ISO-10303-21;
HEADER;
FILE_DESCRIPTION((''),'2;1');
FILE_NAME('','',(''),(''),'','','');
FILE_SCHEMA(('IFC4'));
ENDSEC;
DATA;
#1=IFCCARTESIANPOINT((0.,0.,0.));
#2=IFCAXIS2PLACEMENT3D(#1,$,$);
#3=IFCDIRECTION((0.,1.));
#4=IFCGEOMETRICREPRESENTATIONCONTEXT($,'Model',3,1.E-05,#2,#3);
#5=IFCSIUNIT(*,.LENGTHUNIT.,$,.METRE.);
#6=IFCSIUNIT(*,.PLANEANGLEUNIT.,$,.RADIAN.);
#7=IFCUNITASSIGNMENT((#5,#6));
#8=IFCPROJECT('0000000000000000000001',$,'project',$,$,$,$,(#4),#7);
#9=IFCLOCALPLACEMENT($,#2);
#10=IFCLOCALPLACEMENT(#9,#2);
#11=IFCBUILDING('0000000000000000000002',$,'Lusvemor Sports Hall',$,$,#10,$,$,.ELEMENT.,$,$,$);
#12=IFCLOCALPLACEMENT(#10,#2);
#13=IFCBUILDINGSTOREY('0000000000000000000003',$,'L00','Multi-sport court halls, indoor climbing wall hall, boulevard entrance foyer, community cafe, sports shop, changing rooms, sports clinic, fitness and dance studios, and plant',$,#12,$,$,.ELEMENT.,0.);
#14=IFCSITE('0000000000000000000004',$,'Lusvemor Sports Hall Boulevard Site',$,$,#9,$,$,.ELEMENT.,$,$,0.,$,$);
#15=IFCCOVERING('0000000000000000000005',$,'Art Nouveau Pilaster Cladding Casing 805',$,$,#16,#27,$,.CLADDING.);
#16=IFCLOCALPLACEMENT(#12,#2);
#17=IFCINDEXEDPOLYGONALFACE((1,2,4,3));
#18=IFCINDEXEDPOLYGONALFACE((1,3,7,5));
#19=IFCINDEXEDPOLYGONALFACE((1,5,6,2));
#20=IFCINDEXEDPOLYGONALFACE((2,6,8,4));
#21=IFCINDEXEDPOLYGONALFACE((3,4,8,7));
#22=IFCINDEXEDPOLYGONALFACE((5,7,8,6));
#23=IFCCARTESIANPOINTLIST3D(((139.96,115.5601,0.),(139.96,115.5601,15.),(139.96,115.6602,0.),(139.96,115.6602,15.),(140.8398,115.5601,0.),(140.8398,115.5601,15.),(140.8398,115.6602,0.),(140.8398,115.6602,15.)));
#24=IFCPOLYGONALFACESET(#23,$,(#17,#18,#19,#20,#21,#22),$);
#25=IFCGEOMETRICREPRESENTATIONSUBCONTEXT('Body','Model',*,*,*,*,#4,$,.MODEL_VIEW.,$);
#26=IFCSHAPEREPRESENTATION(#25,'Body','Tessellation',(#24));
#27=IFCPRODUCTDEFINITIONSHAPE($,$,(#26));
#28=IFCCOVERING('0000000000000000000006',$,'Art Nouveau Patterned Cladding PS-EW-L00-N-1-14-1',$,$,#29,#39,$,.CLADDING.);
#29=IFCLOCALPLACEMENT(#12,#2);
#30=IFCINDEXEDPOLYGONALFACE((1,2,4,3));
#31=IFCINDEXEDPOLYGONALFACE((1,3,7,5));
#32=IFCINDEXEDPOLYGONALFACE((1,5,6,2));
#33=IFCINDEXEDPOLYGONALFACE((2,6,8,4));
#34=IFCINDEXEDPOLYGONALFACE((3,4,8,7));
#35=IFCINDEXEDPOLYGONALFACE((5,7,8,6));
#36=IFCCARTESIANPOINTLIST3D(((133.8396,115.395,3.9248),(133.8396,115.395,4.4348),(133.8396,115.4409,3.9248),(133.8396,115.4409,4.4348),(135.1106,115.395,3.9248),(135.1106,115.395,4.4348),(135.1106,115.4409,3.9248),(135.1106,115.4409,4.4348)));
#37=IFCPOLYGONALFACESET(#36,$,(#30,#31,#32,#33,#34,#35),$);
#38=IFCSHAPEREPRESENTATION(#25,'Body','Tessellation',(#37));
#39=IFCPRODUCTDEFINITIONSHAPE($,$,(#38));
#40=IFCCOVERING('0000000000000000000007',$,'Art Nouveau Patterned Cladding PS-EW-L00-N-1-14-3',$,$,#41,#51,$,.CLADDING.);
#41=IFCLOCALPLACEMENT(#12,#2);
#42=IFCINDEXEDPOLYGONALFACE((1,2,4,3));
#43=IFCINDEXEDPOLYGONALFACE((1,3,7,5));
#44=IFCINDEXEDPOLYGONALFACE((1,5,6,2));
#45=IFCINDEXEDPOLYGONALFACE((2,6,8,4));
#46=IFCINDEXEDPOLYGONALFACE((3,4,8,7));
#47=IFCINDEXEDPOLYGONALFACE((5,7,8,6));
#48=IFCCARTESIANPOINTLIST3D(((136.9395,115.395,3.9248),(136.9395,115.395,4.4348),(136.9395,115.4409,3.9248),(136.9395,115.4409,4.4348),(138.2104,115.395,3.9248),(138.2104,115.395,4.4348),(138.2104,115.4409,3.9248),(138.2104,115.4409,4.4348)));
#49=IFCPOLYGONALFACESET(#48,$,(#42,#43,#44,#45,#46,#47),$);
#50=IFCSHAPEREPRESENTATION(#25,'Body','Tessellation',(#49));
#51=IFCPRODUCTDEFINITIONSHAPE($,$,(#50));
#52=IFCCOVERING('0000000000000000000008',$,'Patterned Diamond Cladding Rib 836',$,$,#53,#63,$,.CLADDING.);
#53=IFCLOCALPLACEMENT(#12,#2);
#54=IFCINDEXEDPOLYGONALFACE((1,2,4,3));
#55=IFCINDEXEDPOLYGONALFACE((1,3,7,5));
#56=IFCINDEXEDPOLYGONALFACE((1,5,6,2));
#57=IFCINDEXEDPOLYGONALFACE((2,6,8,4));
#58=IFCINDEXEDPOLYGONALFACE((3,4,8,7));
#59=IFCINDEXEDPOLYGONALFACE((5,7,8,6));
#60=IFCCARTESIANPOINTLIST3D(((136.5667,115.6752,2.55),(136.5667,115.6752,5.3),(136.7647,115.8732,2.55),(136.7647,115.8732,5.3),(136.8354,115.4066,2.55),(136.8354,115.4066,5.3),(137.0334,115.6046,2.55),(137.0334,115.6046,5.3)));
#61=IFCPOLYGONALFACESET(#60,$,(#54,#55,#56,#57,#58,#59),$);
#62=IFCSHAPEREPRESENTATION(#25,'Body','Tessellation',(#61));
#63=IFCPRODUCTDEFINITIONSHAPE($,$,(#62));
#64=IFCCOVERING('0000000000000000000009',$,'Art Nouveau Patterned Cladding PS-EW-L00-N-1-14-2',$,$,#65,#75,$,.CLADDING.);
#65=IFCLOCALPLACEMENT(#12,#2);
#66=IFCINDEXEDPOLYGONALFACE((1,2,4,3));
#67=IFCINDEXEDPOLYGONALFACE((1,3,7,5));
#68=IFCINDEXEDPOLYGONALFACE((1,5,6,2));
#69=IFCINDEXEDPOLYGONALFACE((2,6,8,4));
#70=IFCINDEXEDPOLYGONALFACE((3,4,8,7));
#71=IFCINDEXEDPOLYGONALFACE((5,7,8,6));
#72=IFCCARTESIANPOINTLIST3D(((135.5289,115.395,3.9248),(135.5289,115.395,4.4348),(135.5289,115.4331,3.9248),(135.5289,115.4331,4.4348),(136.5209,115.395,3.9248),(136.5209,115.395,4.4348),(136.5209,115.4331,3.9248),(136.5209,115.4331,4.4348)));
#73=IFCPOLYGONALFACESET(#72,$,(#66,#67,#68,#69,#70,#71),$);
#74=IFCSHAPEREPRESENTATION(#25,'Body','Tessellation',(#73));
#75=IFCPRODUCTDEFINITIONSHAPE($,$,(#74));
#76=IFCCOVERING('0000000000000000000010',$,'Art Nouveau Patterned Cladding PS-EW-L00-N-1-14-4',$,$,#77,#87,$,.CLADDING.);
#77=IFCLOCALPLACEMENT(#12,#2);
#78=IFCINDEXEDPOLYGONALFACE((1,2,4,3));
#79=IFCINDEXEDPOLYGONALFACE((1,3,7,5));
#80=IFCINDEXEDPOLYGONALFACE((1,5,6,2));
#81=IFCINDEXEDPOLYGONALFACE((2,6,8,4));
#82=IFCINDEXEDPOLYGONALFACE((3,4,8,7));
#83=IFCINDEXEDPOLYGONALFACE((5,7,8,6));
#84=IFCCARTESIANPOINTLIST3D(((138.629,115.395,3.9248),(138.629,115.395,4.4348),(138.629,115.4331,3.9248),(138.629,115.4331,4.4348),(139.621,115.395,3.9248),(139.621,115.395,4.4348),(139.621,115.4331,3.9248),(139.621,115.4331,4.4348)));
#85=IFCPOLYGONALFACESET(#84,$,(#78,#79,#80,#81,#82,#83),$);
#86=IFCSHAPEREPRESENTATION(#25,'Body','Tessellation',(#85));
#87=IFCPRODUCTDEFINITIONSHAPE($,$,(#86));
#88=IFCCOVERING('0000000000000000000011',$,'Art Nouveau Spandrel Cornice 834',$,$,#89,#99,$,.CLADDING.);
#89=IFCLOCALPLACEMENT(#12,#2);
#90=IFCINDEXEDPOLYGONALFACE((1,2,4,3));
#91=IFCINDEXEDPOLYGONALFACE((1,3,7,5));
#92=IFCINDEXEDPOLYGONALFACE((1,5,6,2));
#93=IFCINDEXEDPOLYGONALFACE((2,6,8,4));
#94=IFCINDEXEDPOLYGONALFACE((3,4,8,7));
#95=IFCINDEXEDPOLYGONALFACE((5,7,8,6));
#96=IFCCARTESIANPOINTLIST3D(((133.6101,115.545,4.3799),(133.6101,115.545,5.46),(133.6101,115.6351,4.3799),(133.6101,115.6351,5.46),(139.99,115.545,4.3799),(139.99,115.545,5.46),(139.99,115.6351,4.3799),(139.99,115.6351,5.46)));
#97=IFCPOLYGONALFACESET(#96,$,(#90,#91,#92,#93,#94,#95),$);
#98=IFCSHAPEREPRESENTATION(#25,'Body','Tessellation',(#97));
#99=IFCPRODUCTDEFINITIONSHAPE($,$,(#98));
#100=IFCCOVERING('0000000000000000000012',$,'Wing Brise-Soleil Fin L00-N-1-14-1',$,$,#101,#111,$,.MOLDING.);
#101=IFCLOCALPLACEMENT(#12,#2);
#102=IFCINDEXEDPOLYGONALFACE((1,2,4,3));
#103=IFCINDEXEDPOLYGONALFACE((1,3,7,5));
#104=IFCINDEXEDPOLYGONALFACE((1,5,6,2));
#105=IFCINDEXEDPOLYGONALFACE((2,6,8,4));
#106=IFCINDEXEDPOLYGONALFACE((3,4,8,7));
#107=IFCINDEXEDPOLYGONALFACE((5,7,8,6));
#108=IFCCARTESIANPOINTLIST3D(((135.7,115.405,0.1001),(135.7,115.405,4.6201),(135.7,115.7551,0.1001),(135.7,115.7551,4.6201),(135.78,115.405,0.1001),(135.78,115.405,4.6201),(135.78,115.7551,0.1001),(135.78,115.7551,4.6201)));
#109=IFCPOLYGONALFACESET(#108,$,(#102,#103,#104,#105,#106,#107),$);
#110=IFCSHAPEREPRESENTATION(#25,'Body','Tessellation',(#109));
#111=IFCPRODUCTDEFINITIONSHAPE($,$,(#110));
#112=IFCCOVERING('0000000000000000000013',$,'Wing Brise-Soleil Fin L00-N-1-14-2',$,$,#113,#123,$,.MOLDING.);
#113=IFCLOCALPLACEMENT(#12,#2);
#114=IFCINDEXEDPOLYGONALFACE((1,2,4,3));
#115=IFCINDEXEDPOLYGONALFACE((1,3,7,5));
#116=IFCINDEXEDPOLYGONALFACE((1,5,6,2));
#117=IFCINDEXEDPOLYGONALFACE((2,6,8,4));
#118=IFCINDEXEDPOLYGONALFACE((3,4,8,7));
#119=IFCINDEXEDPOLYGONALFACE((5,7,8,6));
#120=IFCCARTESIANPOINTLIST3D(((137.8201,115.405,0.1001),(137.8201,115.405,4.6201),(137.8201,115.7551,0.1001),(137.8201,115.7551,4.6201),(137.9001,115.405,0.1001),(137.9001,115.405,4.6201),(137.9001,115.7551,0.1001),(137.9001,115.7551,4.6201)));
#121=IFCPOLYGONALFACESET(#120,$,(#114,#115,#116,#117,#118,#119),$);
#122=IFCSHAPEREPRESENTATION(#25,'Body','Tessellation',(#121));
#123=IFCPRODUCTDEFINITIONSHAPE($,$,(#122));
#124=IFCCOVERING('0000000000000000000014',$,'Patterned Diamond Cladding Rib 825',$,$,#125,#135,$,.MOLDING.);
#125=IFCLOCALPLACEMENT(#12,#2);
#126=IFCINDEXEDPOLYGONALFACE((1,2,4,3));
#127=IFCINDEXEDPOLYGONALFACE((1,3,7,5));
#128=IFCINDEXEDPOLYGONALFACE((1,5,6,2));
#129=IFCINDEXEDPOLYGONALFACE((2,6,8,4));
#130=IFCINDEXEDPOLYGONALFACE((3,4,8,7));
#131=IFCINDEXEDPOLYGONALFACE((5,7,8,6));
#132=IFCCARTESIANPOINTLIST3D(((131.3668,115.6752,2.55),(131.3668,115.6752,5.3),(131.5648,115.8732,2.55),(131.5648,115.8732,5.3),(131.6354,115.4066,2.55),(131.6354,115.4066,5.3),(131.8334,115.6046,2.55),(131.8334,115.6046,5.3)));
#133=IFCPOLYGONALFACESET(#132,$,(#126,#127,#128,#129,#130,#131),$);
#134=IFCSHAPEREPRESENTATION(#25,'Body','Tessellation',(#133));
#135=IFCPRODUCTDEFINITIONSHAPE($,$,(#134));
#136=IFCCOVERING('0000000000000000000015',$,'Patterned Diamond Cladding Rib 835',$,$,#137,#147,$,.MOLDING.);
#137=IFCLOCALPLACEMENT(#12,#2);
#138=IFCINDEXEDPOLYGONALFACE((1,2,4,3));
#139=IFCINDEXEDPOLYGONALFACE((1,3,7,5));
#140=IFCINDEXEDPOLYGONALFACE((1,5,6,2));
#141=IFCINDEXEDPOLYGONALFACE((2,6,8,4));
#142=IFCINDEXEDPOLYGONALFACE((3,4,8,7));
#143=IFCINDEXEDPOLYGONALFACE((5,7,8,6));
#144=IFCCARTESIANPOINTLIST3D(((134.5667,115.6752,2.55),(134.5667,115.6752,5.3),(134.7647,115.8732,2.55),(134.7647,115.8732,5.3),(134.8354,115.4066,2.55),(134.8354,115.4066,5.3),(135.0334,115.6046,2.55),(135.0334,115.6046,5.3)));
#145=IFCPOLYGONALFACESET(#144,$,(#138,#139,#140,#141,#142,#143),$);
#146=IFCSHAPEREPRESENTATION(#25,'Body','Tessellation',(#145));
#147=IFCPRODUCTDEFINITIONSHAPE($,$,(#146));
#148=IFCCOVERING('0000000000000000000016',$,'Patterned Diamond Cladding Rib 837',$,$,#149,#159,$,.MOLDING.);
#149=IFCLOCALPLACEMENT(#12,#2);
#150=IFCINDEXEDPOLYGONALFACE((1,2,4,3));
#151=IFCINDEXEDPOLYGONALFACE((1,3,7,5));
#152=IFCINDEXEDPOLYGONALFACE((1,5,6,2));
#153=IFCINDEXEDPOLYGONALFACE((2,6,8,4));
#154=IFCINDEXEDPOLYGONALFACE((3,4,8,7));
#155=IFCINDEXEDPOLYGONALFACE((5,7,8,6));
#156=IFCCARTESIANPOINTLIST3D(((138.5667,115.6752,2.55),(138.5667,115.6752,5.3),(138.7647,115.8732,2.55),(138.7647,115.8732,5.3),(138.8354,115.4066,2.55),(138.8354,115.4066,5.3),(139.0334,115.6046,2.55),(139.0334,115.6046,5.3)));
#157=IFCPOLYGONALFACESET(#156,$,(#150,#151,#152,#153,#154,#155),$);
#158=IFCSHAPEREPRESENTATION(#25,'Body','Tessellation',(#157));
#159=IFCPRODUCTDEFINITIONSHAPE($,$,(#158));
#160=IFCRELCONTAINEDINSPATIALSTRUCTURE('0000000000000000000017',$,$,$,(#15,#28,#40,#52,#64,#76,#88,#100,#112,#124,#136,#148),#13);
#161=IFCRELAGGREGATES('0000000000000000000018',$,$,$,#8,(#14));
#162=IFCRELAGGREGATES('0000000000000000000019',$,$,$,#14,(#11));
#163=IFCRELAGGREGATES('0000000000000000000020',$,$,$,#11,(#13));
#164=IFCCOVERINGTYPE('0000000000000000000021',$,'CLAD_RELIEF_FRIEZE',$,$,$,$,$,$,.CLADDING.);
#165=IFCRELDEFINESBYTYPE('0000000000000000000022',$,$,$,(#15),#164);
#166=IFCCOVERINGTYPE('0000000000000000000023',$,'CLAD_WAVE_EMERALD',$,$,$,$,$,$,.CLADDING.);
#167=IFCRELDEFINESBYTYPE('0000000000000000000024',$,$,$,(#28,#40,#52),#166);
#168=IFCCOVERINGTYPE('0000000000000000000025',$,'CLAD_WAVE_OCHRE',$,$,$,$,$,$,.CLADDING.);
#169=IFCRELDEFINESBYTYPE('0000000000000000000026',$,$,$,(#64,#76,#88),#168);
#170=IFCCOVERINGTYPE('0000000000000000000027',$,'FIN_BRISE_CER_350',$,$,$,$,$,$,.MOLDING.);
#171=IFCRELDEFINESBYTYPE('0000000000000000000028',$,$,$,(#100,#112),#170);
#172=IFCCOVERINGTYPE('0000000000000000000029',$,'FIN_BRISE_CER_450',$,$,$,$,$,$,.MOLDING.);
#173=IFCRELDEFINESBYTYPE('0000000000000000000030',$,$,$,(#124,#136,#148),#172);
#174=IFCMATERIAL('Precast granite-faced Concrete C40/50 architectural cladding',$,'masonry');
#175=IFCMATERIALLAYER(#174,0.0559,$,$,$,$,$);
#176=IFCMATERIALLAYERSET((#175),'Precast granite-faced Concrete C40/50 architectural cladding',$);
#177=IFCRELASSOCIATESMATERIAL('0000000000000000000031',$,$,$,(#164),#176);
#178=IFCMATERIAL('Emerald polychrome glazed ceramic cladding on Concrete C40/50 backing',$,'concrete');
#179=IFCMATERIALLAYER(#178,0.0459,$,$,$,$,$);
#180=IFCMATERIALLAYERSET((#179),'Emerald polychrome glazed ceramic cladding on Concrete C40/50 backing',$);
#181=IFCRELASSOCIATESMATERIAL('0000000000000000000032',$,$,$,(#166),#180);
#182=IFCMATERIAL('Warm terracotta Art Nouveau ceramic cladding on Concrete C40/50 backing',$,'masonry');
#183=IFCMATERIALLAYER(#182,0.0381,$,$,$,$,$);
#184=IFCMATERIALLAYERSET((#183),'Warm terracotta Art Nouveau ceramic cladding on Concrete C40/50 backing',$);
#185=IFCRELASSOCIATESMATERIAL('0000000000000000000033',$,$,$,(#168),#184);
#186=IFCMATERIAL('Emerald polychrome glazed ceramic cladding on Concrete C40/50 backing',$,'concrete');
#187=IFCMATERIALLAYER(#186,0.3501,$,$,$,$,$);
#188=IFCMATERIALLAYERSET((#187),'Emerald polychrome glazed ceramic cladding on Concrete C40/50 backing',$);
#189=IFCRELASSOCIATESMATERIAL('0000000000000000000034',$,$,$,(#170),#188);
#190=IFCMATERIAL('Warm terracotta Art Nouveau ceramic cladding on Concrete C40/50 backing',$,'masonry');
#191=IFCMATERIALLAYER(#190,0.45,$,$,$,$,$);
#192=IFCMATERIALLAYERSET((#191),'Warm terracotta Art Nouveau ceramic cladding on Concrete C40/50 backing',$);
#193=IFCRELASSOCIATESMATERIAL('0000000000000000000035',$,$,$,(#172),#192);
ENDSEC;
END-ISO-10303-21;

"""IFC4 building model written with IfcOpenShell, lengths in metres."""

from ifc_helpers import new_model, si_unit, direction, frame, origin, origin_2d, place, context, subcontext, project, spatial, rectangle, extrude, material, layer, layer_set, type_object, element, save


model = new_model("IFC4")

# Units and contexts
model_context = context("Model", 3, precision=1e-05, world=origin(), true_north=direction((0.0, 1.0)))
body_context = subcontext(model_context, "Body", "Model", "MODEL_VIEW")
ifc_project = project(units=[si_unit("LENGTHUNIT", "METRE"), si_unit("PLANEANGLEUNIT", "RADIAN")], contexts=[model_context])

# Site, building, storey
site_placement = place(None, origin())
site = spatial("IfcSite", under=ifc_project, at=site_placement, Name="Lusvemor Sports Hall Boulevard Site", CompositionType="ELEMENT", RefElevation=0.0)
building_placement = place(site_placement, origin())
building = spatial("IfcBuilding", under=site, at=building_placement, Name="Lusvemor Sports Hall", CompositionType="ELEMENT")
storey_placement = place(building_placement, origin())
storey = spatial("IfcBuildingStorey", under=building, at=storey_placement, Name="L00", Description="Multi-sport court halls, indoor climbing wall hall, boulevard entrance foyer, community cafe, sports shop, changing rooms, sports clinic, fitness and dance studios, and plant", CompositionType="ELEMENT", Elevation=0.0)

# Coverings
ifc_material_1 = material(Name="Precast granite-faced Concrete C40/50 architectural cladding", Category="masonry")
ifc_layer_1 = layer(ifc_material_1, 0.0559)
ifc_layer_set_1 = layer_set([ifc_layer_1], Name="Precast granite-faced Concrete C40/50 architectural cladding")
covering_type_1 = type_object("IfcCoveringType", Name="CLAD_RELIEF_FRIEZE", PredefinedType="CLADDING", material=ifc_layer_set_1)
covering_1_placement = place(storey_placement, frame((140.3999, 115.6101, 0.0), z_axis=(0.0, 0.0, 1.0), x_axis=(1.0, 0.0, 0.0)))
element("IfcCovering", 1, at=covering_1_placement, inside=storey, type_object=covering_type_1, Name="Art Nouveau Pilaster Cladding Casing 805", PredefinedType="CLADDING", context=body_context, shape_type="SweptSolid", body=[
    extrude(rectangle(XDim=0.8799, YDim=0.1001, at=origin_2d()), origin(), (0.0, 0.0, 1.0), 15.0),
])
ifc_material_2 = material(Name="Emerald polychrome glazed ceramic cladding on Concrete C40/50 backing", Category="concrete")
ifc_layer_2 = layer(ifc_material_2, 0.0459)
ifc_layer_set_2 = layer_set([ifc_layer_2], Name="Emerald polychrome glazed ceramic cladding on Concrete C40/50 backing")
covering_type_2 = type_object("IfcCoveringType", Name="CLAD_WAVE_EMERALD", PredefinedType="CLADDING", material=ifc_layer_set_2)
for number, where, z_axis, x_axis, name in (
    (2, (134.4751, 115.418, 3.9248), (0.0, 0.0, 1.0), (1.0, 0.0, 0.0), "Art Nouveau Patterned Cladding PS-EW-L00-N-1-14-1"),
    (3, (137.575, 115.418, 3.9248), (0.0, 0.0, 1.0), (1.0, 0.0, 0.0), "Art Nouveau Patterned Cladding PS-EW-L00-N-1-14-3"),
):
    element("IfcCovering", number, at=place(storey_placement, frame(where, z_axis=z_axis, x_axis=x_axis)), inside=storey, type_object=covering_type_2, Name=name, PredefinedType="CLADDING", context=body_context, shape_type="SweptSolid", body=[
        extrude(rectangle(XDim=1.271, YDim=0.0459, at=origin_2d()), origin(), (0.0, 0.0, 1.0), 0.51),
    ])
covering_2_placement = place(storey_placement, frame((136.8, 115.6399, 2.55), z_axis=(0.0, 0.0, 1.0), x_axis=(0.707107, 0.707107, 0.0)))
element("IfcCovering", 4, at=covering_2_placement, inside=storey, type_object=covering_type_2, Name="Patterned Diamond Cladding Rib 836", PredefinedType="CLADDING", context=body_context, shape_type="SweptSolid", body=[
    extrude(rectangle(XDim=0.28, YDim=0.3799, at=origin_2d()), origin(), (0.0, 0.0, 1.0), 2.75),
])
ifc_material_3 = material(Name="Warm terracotta Art Nouveau ceramic cladding on Concrete C40/50 backing", Category="masonry")
ifc_layer_3 = layer(ifc_material_3, 0.0381)
ifc_layer_set_3 = layer_set([ifc_layer_3], Name="Warm terracotta Art Nouveau ceramic cladding on Concrete C40/50 backing")
covering_type_3 = type_object("IfcCoveringType", Name="CLAD_WAVE_OCHRE", PredefinedType="CLADDING", material=ifc_layer_set_3)
for number, where, z_axis, x_axis, name in (
    (5, (136.0249, 115.4141, 3.9248), (0.0, 0.0, 1.0), (1.0, 0.0, 0.0), "Art Nouveau Patterned Cladding PS-EW-L00-N-1-14-2"),
    (6, (139.125, 115.4141, 3.9248), (0.0, 0.0, 1.0), (1.0, 0.0, 0.0), "Art Nouveau Patterned Cladding PS-EW-L00-N-1-14-4"),
):
    element("IfcCovering", number, at=place(storey_placement, frame(where, z_axis=z_axis, x_axis=x_axis)), inside=storey, type_object=covering_type_3, Name=name, PredefinedType="CLADDING", context=body_context, shape_type="SweptSolid", body=[
        extrude(rectangle(XDim=0.9919, YDim=0.0381, at=origin_2d()), origin(), (0.0, 0.0, 1.0), 0.51),
    ])
covering_3_placement = place(storey_placement, frame((136.8, 115.5901, 4.3799), z_axis=(0.0, 0.0, 1.0), x_axis=(1.0, 0.0, 0.0)))
element("IfcCovering", 7, at=covering_3_placement, inside=storey, type_object=covering_type_3, Name="Art Nouveau Spandrel Cornice 834", PredefinedType="CLADDING", context=body_context, shape_type="SweptSolid", body=[
    extrude(rectangle(XDim=6.3799, YDim=0.0901, at=origin_2d()), origin(), (0.0, 0.0, 1.0), 1.0801),
])
ifc_material_4 = material(Name="Emerald polychrome glazed ceramic cladding on Concrete C40/50 backing", Category="concrete")
ifc_layer_4 = layer(ifc_material_4, 0.3501)
ifc_layer_set_4 = layer_set([ifc_layer_4], Name="Emerald polychrome glazed ceramic cladding on Concrete C40/50 backing")
covering_type_4 = type_object("IfcCoveringType", Name="FIN_BRISE_CER_350", PredefinedType="MOLDING", material=ifc_layer_set_4)
for number, where, z_axis, x_axis, name in (
    (8, (135.74, 115.5801, 0.1001), (0.0, 0.0, 1.0), (1.0, 0.0, 0.0), "Wing Brise-Soleil Fin L00-N-1-14-1"),
    (9, (137.8601, 115.5801, 0.1001), (0.0, 0.0, 1.0), (1.0, 0.0, 0.0), "Wing Brise-Soleil Fin L00-N-1-14-2"),
):
    element("IfcCovering", number, at=place(storey_placement, frame(where, z_axis=z_axis, x_axis=x_axis)), inside=storey, type_object=covering_type_4, Name=name, PredefinedType="MOLDING", context=body_context, shape_type="SweptSolid", body=[
        extrude(rectangle(XDim=0.0801, YDim=0.3501, at=origin_2d()), origin(), (0.0, 0.0, 1.0), 4.52),
    ])
ifc_material_5 = material(Name="Warm terracotta Art Nouveau ceramic cladding on Concrete C40/50 backing", Category="masonry")
ifc_layer_5 = layer(ifc_material_5, 0.45)
ifc_layer_set_5 = layer_set([ifc_layer_5], Name="Warm terracotta Art Nouveau ceramic cladding on Concrete C40/50 backing")
covering_type_5 = type_object("IfcCoveringType", Name="FIN_BRISE_CER_450", PredefinedType="MOLDING", material=ifc_layer_set_5)
for number, where, z_axis, x_axis, name in (
    (10, (131.6001, 115.6399, 2.55), (0.0, 0.0, 1.0), (0.707107, 0.707107, 0.0), "Patterned Diamond Cladding Rib 825"),
    (11, (134.8, 115.6399, 2.55), (0.0, 0.0, 1.0), (0.707107, 0.707107, 0.0), "Patterned Diamond Cladding Rib 835"),
    (12, (138.8, 115.6399, 2.55), (0.0, 0.0, 1.0), (0.707107, 0.707107, 0.0), "Patterned Diamond Cladding Rib 837"),
):
    element("IfcCovering", number, at=place(storey_placement, frame(where, z_axis=z_axis, x_axis=x_axis)), inside=storey, type_object=covering_type_5, Name=name, PredefinedType="MOLDING", context=body_context, shape_type="SweptSolid", body=[
        extrude(rectangle(XDim=0.28, YDim=0.3799, at=origin_2d()), origin(), (0.0, 0.0, 1.0), 2.75),
    ])

save(model, "model.ifc")
